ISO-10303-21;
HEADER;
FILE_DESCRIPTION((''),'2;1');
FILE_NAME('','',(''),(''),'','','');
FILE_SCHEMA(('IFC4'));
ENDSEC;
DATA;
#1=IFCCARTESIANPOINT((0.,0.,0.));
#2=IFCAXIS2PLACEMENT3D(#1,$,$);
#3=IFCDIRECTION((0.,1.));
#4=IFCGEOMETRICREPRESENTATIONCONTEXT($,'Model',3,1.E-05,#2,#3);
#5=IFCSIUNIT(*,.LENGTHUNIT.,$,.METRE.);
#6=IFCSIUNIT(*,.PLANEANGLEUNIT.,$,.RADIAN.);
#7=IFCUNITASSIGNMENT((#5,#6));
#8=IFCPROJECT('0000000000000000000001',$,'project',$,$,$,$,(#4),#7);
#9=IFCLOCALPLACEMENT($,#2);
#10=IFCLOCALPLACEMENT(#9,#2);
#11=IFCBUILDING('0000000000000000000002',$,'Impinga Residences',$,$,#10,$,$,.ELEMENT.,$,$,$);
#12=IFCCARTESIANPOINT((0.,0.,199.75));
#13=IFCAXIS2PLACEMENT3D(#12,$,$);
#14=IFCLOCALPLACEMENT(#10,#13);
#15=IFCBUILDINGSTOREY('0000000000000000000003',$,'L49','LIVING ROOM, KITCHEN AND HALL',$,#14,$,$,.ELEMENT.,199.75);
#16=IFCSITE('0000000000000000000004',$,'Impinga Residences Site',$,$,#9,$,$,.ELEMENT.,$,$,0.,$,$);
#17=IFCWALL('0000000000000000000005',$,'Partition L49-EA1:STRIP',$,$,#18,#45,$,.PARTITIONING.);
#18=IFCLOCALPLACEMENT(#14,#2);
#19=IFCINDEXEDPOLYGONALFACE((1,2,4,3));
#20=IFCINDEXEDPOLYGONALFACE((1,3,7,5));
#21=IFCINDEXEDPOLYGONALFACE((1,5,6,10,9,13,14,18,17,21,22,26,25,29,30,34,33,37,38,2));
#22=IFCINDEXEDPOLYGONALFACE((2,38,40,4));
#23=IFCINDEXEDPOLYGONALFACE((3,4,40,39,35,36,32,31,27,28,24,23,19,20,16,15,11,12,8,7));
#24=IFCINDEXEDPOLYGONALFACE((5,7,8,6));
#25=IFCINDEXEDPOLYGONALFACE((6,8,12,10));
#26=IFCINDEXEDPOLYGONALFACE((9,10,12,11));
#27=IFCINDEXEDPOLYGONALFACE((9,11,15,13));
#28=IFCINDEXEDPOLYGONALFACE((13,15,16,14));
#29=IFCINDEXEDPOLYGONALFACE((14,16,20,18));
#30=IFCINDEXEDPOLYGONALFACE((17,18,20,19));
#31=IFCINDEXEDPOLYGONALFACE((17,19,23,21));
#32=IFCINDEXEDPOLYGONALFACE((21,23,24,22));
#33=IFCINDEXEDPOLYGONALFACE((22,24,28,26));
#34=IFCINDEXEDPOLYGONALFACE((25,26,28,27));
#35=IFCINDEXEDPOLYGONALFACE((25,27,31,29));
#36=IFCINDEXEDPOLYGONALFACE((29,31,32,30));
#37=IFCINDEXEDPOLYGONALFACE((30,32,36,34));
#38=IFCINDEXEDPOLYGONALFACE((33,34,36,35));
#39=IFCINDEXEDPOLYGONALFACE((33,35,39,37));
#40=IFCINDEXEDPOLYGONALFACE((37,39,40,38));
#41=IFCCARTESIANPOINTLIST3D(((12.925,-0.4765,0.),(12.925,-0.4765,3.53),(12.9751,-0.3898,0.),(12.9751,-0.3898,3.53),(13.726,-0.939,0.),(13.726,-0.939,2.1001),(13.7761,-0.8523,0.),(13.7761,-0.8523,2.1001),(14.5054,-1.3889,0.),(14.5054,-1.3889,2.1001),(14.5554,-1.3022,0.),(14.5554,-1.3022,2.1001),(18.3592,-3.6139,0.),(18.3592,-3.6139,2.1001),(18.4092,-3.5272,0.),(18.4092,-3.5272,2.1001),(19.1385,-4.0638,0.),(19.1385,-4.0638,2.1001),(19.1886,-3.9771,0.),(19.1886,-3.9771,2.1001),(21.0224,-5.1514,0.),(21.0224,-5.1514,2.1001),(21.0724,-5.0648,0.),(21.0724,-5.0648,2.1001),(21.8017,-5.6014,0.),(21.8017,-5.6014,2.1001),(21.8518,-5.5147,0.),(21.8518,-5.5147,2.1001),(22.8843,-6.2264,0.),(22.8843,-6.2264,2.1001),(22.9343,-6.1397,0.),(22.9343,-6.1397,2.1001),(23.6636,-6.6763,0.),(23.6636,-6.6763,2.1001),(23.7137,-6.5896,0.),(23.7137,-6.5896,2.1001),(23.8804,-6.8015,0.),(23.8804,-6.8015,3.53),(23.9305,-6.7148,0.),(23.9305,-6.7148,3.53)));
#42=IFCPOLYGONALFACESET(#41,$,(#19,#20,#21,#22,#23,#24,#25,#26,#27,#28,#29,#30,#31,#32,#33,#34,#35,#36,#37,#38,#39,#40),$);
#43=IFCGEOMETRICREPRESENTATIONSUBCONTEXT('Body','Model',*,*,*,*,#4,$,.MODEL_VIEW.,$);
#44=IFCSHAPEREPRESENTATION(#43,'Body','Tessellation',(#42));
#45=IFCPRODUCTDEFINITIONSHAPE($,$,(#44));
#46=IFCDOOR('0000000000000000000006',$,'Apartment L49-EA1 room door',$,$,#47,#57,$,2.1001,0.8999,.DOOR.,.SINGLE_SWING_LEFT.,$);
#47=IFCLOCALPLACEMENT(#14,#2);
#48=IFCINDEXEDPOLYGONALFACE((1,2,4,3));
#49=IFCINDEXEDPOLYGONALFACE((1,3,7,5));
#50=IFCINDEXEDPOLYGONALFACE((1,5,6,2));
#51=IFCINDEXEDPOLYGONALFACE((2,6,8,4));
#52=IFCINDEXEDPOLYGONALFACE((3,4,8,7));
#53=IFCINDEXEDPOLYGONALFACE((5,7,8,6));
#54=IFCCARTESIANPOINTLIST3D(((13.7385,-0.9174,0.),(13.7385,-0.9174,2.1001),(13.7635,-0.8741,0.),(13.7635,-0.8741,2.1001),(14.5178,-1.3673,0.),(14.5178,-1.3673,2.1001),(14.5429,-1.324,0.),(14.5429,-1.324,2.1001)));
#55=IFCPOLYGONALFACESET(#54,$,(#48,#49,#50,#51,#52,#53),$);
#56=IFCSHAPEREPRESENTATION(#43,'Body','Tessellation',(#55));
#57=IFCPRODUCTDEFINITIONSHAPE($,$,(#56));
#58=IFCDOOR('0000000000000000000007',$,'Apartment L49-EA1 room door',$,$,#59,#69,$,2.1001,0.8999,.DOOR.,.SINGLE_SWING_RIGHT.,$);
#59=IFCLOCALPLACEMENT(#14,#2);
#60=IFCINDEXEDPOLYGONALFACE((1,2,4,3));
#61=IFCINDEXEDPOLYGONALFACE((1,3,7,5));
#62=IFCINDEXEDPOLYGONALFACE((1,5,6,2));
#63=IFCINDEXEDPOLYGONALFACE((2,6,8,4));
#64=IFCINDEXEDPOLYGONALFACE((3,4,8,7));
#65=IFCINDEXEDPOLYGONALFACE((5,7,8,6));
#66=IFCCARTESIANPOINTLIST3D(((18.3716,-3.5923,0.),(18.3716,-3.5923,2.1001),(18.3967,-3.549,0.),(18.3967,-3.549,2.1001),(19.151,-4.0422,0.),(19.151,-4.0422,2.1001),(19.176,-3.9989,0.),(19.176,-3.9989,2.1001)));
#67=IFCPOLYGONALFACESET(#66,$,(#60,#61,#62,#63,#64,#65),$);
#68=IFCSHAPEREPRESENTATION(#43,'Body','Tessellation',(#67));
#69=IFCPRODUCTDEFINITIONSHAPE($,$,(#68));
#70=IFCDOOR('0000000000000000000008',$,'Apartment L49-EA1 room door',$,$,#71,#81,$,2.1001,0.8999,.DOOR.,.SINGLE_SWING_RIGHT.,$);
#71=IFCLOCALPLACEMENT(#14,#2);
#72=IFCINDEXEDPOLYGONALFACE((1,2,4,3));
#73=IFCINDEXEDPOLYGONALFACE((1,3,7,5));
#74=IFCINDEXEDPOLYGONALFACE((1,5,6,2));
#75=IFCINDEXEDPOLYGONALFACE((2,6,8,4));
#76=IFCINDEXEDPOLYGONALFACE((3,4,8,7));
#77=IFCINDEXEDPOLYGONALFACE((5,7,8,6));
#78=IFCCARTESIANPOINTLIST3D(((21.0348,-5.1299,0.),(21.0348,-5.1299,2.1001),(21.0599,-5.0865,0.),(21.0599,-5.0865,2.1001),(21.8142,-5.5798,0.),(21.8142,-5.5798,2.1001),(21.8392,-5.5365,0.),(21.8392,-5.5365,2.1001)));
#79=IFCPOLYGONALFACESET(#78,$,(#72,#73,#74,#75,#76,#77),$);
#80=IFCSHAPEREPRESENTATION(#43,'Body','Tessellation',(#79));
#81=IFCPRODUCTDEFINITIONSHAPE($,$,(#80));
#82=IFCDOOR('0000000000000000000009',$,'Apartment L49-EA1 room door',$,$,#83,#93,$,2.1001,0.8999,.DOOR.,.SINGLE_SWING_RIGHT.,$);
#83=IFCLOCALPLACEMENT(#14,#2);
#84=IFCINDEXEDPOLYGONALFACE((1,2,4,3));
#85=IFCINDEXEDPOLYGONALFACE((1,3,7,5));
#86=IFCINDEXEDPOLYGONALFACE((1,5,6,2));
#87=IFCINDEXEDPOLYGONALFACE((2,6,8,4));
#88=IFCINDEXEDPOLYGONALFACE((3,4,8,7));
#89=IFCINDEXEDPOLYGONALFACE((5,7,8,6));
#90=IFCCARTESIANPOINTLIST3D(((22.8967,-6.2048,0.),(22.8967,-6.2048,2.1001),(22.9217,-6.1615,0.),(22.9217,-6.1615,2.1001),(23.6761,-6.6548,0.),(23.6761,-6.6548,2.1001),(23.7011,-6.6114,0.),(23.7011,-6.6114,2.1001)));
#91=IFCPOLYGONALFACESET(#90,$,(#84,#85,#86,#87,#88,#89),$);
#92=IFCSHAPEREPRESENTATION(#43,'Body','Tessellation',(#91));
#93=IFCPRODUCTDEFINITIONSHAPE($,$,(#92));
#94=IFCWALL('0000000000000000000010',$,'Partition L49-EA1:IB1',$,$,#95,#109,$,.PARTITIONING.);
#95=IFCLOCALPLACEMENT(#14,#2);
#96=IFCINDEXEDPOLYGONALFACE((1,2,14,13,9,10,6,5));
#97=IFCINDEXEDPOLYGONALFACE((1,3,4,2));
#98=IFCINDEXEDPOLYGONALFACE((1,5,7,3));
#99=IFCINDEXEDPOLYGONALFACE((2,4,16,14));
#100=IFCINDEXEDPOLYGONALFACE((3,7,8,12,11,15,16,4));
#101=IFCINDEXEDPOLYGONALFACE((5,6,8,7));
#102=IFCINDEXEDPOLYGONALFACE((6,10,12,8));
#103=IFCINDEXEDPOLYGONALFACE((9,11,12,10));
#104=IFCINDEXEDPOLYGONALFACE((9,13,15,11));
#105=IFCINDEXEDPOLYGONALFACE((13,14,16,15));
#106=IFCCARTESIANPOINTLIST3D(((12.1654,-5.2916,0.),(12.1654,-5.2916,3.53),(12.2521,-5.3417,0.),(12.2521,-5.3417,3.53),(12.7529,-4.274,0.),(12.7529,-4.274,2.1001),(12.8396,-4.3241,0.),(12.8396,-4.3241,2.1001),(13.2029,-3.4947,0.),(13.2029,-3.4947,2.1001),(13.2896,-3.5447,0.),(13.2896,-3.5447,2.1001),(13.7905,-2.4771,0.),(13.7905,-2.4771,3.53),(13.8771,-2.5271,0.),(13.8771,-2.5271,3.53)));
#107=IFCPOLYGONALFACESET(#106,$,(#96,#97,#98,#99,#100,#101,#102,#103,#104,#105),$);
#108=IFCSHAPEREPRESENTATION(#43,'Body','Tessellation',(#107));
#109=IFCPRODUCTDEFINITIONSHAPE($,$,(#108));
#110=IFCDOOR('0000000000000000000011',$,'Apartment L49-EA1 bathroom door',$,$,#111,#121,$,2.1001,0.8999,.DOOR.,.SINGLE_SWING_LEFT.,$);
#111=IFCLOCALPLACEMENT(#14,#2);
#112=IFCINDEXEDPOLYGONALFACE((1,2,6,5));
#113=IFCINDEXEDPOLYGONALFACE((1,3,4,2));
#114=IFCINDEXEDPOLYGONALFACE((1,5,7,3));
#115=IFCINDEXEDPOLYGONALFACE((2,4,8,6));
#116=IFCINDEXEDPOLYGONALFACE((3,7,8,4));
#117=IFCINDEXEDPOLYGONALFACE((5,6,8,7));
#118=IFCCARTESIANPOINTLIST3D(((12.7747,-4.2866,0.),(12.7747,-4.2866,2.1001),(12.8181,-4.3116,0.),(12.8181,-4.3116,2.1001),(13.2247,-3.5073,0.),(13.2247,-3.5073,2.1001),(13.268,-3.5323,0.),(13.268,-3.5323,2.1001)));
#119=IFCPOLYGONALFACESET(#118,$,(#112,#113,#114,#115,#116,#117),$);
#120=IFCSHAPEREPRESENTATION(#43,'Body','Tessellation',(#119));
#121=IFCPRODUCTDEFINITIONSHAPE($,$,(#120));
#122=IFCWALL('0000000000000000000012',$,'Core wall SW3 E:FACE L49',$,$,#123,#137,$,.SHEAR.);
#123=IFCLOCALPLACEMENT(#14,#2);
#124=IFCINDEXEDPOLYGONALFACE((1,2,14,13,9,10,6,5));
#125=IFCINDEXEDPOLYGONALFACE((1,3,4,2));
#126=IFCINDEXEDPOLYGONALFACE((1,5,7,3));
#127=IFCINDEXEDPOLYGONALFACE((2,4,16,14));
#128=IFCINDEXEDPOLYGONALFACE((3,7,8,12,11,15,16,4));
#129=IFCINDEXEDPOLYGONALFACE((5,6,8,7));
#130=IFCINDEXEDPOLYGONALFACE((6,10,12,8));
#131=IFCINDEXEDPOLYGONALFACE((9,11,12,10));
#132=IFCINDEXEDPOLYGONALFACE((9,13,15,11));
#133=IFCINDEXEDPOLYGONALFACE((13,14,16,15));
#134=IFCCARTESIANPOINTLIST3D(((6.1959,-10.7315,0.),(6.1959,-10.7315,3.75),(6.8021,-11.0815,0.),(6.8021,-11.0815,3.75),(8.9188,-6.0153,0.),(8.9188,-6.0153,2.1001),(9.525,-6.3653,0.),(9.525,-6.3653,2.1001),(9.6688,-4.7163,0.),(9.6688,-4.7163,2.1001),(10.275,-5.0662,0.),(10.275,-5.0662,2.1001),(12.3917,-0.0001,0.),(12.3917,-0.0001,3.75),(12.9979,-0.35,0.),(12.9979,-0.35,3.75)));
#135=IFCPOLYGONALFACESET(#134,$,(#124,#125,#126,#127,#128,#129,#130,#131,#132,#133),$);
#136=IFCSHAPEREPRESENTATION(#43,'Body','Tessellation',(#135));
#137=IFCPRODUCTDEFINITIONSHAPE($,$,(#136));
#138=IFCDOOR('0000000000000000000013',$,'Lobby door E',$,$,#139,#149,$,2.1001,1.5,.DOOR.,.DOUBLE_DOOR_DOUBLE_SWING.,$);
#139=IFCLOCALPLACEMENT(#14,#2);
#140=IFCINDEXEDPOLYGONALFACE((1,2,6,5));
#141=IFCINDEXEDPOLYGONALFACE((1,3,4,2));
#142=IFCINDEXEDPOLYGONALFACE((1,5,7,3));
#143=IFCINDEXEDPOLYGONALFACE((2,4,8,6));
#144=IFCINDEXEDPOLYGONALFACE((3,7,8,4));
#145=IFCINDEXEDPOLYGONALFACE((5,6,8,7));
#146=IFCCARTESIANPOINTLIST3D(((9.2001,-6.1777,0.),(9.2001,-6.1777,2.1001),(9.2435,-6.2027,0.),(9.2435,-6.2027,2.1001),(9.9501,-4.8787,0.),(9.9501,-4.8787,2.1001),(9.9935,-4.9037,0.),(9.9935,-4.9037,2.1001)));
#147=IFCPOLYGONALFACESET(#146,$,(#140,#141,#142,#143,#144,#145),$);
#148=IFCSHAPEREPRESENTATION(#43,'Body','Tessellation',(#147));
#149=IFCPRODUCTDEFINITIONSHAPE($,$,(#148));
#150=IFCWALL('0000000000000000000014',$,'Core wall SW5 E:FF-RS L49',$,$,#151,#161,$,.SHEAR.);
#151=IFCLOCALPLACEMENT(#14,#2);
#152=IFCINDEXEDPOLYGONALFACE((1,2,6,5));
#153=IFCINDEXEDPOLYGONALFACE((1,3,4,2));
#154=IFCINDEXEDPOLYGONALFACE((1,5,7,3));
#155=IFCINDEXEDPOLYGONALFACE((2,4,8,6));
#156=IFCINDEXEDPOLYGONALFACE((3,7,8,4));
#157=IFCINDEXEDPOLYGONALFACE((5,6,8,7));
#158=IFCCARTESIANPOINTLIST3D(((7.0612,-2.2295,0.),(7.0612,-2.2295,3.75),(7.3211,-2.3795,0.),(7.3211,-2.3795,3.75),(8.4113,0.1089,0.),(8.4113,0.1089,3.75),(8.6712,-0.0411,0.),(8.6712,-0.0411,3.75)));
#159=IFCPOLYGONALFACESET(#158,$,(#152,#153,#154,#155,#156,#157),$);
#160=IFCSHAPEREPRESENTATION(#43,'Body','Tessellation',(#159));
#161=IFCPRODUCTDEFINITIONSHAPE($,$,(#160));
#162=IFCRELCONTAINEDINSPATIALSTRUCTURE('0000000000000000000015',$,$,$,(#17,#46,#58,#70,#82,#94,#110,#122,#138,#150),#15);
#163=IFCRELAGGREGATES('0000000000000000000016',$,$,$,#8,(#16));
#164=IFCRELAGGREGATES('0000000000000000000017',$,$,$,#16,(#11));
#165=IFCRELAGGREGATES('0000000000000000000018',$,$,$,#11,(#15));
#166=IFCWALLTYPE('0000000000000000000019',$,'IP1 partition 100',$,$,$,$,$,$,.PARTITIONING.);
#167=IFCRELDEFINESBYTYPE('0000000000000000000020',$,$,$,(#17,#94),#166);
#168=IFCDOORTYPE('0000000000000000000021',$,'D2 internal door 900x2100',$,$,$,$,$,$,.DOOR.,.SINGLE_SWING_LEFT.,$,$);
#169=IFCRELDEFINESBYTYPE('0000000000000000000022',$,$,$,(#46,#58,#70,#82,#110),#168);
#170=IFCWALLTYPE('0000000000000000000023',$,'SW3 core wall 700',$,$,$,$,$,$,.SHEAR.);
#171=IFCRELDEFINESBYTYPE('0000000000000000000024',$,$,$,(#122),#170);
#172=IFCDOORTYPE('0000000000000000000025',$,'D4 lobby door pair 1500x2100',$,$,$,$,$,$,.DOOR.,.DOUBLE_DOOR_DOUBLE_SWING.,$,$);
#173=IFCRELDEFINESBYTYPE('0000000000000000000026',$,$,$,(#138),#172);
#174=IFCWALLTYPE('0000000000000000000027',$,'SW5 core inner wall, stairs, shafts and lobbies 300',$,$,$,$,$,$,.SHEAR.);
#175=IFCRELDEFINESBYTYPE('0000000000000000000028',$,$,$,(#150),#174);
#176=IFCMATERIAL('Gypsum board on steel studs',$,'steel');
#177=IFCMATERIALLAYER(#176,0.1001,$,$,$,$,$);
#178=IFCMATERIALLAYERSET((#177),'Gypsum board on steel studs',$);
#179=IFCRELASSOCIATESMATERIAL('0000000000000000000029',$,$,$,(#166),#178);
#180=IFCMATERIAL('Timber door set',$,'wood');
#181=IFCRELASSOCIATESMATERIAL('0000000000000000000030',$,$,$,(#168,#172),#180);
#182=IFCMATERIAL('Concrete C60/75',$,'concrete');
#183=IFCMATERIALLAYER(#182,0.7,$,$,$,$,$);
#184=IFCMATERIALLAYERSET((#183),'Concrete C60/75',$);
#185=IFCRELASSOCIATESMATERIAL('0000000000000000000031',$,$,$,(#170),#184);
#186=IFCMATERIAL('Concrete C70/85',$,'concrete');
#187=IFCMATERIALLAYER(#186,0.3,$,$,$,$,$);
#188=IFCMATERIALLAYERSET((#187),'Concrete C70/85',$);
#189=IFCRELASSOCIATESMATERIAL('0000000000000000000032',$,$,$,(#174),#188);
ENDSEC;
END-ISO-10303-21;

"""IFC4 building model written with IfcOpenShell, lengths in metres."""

from ifc_helpers import new_model, si_unit, direction, frame, frame_2d, origin, place, context, subcontext, project, spatial, rectangle, extrude, material, layer, layer_set, type_object, element, fill, save


model = new_model("IFC4")

# Units and contexts
model_context = context("Model", 3, precision=1e-05, world=origin(), true_north=direction((0.0, 1.0)))
body_context = subcontext(model_context, "Body", "Model", "MODEL_VIEW")
ifc_project = project(units=[si_unit("LENGTHUNIT", "METRE"), si_unit("PLANEANGLEUNIT", "RADIAN")], contexts=[model_context])

# Site, building, storey
site_placement = place(None, origin())
site = spatial("IfcSite", under=ifc_project, at=site_placement, Name="Impinga Residences Site", CompositionType="ELEMENT", RefElevation=0.0)
building_placement = place(site_placement, origin())
building = spatial("IfcBuilding", under=site, at=building_placement, Name="Impinga Residences", CompositionType="ELEMENT")
storey_placement = place(building_placement, frame((0.0, 0.0, 199.75)))
storey = spatial("IfcBuildingStorey", under=building, at=storey_placement, Name="L49", Description="LIVING ROOM, KITCHEN AND HALL", CompositionType="ELEMENT", Elevation=199.75)

# Shared definitions
ifc_material_1 = material(Name="Concrete C60/75", Category="concrete")

# Shared definitions
ifc_material_2 = material(Name="Timber door set", Category="wood")

# Shared definitions
ifc_material_3 = material(Name="Gypsum board on steel studs", Category="steel")
ifc_layer_1 = layer(ifc_material_3, 0.1001)
ifc_layer_set_1 = layer_set([ifc_layer_1], Name="Gypsum board on steel studs")
wall_type_1 = type_object("IfcWallType", Name="IP1 partition 100", PredefinedType="PARTITIONING", material=ifc_layer_set_1)

# Wall, openings, doors
wall_1_placement = place(storey_placement, frame((12.95, -0.4331, 0.0), z_axis=(0.0, 0.0, 1.0), x_axis=(0.866029, -0.499994, 0.0)))
wall_1 = element("IfcWall", 1, at=wall_1_placement, inside=storey, type_object=wall_type_1, Name="Partition L49-EA1:STRIP", PredefinedType="PARTITIONING", context=body_context, shape_type="SweptSolid", body=[
    extrude(rectangle(XDim=12.6501, YDim=0.1001, at=frame_2d((6.3252, 0.0))), origin(), (0.0, 0.0, 1.0), 3.53),
])
opening_1_placement = place(wall_1_placement, frame((0.925, 0.0, 0.0)))
opening_1 = element("IfcOpeningElement", 2, at=opening_1_placement, cuts=wall_1, PredefinedType="OPENING", context=body_context, shape_type="SweptSolid", body=[
    extrude(rectangle(XDim=0.8999, YDim=2.1001, at=frame_2d((0.45, 1.05))), frame((0.0, 0.0601, 0.0), z_axis=(0.0, -1.0, 0.0), x_axis=(1.0, 0.0, 0.0)), (0.0, 0.0, 1.0), 0.1201),
])
opening_2_placement = place(wall_1_placement, frame((6.2749, 0.0, 0.0)))
opening_2 = element("IfcOpeningElement", 3, at=opening_2_placement, cuts=wall_1, PredefinedType="OPENING", context=body_context, shape_type="SweptSolid", body=[
    extrude(rectangle(XDim=0.8999, YDim=2.1001, at=frame_2d((0.45, 1.05))), frame((0.0, 0.0601, 0.0), z_axis=(0.0, -1.0, 0.0), x_axis=(1.0, 0.0, 0.0)), (0.0, 0.0, 1.0), 0.1201),
])
opening_3_placement = place(wall_1_placement, frame((9.3501, 0.0, 0.0)))
opening_3 = element("IfcOpeningElement", 4, at=opening_3_placement, cuts=wall_1, PredefinedType="OPENING", context=body_context, shape_type="SweptSolid", body=[
    extrude(rectangle(XDim=0.8999, YDim=2.1001, at=frame_2d((0.45, 1.05))), frame((0.0, 0.0601, 0.0), z_axis=(0.0, -1.0, 0.0), x_axis=(1.0, 0.0, 0.0)), (0.0, 0.0, 1.0), 0.1201),
])
opening_4_placement = place(wall_1_placement, frame((11.5, 0.0, 0.0)))
opening_4 = element("IfcOpeningElement", 5, at=opening_4_placement, cuts=wall_1, PredefinedType="OPENING", context=body_context, shape_type="SweptSolid", body=[
    extrude(rectangle(XDim=0.8999, YDim=2.1001, at=frame_2d((0.45, 1.05))), frame((0.0, 0.0601, 0.0), z_axis=(0.0, -1.0, 0.0), x_axis=(1.0, 0.0, 0.0)), (0.0, 0.0, 1.0), 0.1201),
])
door_type_1 = type_object("IfcDoorType", Name="D2 internal door 900x2100", OperationType="SINGLE_SWING_LEFT", PredefinedType="DOOR", material=ifc_material_2)
door_1_placement = place(opening_1_placement, origin())
door_1 = element("IfcDoor", 6, at=door_1_placement, inside=storey, type_object=door_type_1, Name="Apartment L49-EA1 room door", OperationType="SINGLE_SWING_LEFT", OverallHeight=2.1001, OverallWidth=0.8999, PredefinedType="DOOR", context=body_context, shape_type="SweptSolid", body=[
    extrude(rectangle(XDim=0.8999, YDim=2.1001, at=frame_2d((0.45, 1.05))), frame((0.0, 0.0249, 0.0), z_axis=(0.0, -1.0, 0.0), x_axis=(1.0, 0.0, 0.0)), (0.0, 0.0, 1.0), 0.05),
])
fill(opening_1, door_1)
door_2_placement = place(opening_2_placement, origin())
door_2 = element("IfcDoor", 7, at=door_2_placement, inside=storey, type_object=door_type_1, Name="Apartment L49-EA1 room door", OperationType="SINGLE_SWING_RIGHT", OverallHeight=2.1001, OverallWidth=0.8999, PredefinedType="DOOR", context=body_context, shape_type="SweptSolid", body=[
    extrude(rectangle(XDim=0.8999, YDim=2.1001, at=frame_2d((0.45, 1.05))), frame((0.0, 0.0249, 0.0), z_axis=(0.0, -1.0, 0.0), x_axis=(1.0, 0.0, 0.0)), (0.0, 0.0, 1.0), 0.05),
])
fill(opening_2, door_2)
door_3_placement = place(opening_3_placement, origin())
door_3 = element("IfcDoor", 8, at=door_3_placement, inside=storey, type_object=door_type_1, Name="Apartment L49-EA1 room door", OperationType="SINGLE_SWING_RIGHT", OverallHeight=2.1001, OverallWidth=0.8999, PredefinedType="DOOR", context=body_context, shape_type="SweptSolid", body=[
    extrude(rectangle(XDim=0.8999, YDim=2.1001, at=frame_2d((0.45, 1.05))), frame((0.0, 0.0249, 0.0), z_axis=(0.0, -1.0, 0.0), x_axis=(1.0, 0.0, 0.0)), (0.0, 0.0, 1.0), 0.05),
])
fill(opening_3, door_3)
door_4_placement = place(opening_4_placement, origin())
door_4 = element("IfcDoor", 9, at=door_4_placement, inside=storey, type_object=door_type_1, Name="Apartment L49-EA1 room door", OperationType="SINGLE_SWING_RIGHT", OverallHeight=2.1001, OverallWidth=0.8999, PredefinedType="DOOR", context=body_context, shape_type="SweptSolid", body=[
    extrude(rectangle(XDim=0.8999, YDim=2.1001, at=frame_2d((0.45, 1.05))), frame((0.0, 0.0249, 0.0), z_axis=(0.0, -1.0, 0.0), x_axis=(1.0, 0.0, 0.0)), (0.0, 0.0, 1.0), 0.05),
])
fill(opening_4, door_4)

# Walls, openings, doors
wall_2_placement = place(storey_placement, frame((12.2087, -5.3167, 0.0), z_axis=(0.0, 0.0, 1.0), x_axis=(0.500017, 0.866015, 0.0)))
wall_2 = element("IfcWall", 10, at=wall_2_placement, inside=storey, type_object=wall_type_1, Name="Partition L49-EA1:IB1", PredefinedType="PARTITIONING", context=body_context, shape_type="SweptSolid", body=[
    extrude(rectangle(XDim=3.25, YDim=0.1001, at=frame_2d((1.625, 0.0))), origin(), (0.0, 0.0, 1.0), 3.53),
])
opening_5_placement = place(wall_2_placement, frame((1.175, 0.0, 0.0)))
opening_5 = element("IfcOpeningElement", 11, at=opening_5_placement, cuts=wall_2, PredefinedType="OPENING", context=body_context, shape_type="SweptSolid", body=[
    extrude(rectangle(XDim=0.8999, YDim=2.1001, at=frame_2d((0.45, 1.05))), frame((0.0, 0.0601, 0.0), z_axis=(0.0, -1.0, 0.0), x_axis=(1.0, 0.0, 0.0)), (0.0, 0.0, 1.0), 0.1201),
])
door_5_placement = place(opening_5_placement, origin())
door_5 = element("IfcDoor", 12, at=door_5_placement, inside=storey, type_object=door_type_1, Name="Apartment L49-EA1 bathroom door", OperationType="SINGLE_SWING_LEFT", OverallHeight=2.1001, OverallWidth=0.8999, PredefinedType="DOOR", context=body_context, shape_type="SweptSolid", body=[
    extrude(rectangle(XDim=0.8999, YDim=2.1001, at=frame_2d((0.45, 1.05))), frame((0.0, 0.0249, 0.0), z_axis=(0.0, -1.0, 0.0), x_axis=(1.0, 0.0, 0.0)), (0.0, 0.0, 1.0), 0.05),
])
fill(opening_5, door_5)
ifc_layer_2 = layer(ifc_material_1, 0.7)
ifc_layer_set_2 = layer_set([ifc_layer_2], Name="Concrete C60/75")
wall_type_2 = type_object("IfcWallType", Name="SW3 core wall 700", PredefinedType="SHEAR", material=ifc_layer_set_2)
wall_3_placement = place(storey_placement, frame((12.6948, -0.175, 0.0), z_axis=(0.0, 0.0, 1.0), x_axis=(-0.5, -0.866025, 0.0)))
wall_3 = element("IfcWall", 13, at=wall_3_placement, inside=storey, type_object=wall_type_2, Name="Core wall SW3 E:FACE L49", PredefinedType="SHEAR", context=body_context, shape_type="SweptSolid", body=[
    extrude(rectangle(XDim=12.3916, YDim=0.7, at=frame_2d((6.1958, 0.0))), origin(), (0.0, 0.0, 1.0), 3.75),
])
opening_6_placement = place(wall_3_placement, frame((5.4458, 0.0, 0.0)))
opening_6 = element("IfcOpeningElement", 14, at=opening_6_placement, cuts=wall_3, PredefinedType="OPENING", context=body_context, shape_type="SweptSolid", body=[
    extrude(rectangle(XDim=1.5, YDim=2.1001, at=frame_2d((0.75, 1.05))), frame((0.0, 0.3599, 0.0), z_axis=(0.0, -1.0, 0.0), x_axis=(1.0, 0.0, 0.0)), (0.0, 0.0, 1.0), 0.72),
])
door_type_2 = type_object("IfcDoorType", Name="D4 lobby door pair 1500x2100", OperationType="DOUBLE_DOOR_DOUBLE_SWING", PredefinedType="DOOR", material=ifc_material_2)
door_6_placement = place(opening_6_placement, origin())
door_6 = element("IfcDoor", 15, at=door_6_placement, inside=storey, type_object=door_type_2, Name="Lobby door E", OperationType="DOUBLE_DOOR_DOUBLE_SWING", OverallHeight=2.1001, OverallWidth=1.5, PredefinedType="DOOR", context=body_context, shape_type="SweptSolid", body=[
    extrude(rectangle(XDim=1.5, YDim=2.1001, at=frame_2d((0.75, 1.05))), frame((0.0, 0.0249, 0.0), z_axis=(0.0, -1.0, 0.0), x_axis=(1.0, 0.0, 0.0)), (0.0, 0.0, 1.0), 0.05),
])
fill(opening_6, door_6)

# Wall
ifc_material_4 = material(Name="Concrete C70/85", Category="concrete")
ifc_layer_3 = layer(ifc_material_4, 0.3)
ifc_layer_set_3 = layer_set([ifc_layer_3], Name="Concrete C70/85")
wall_type_3 = type_object("IfcWallType", Name="SW5 core inner wall, stairs, shafts and lobbies 300", PredefinedType="SHEAR", material=ifc_layer_set_3)
wall_4_placement = place(storey_placement, frame((8.5413, 0.0339, 0.0), z_axis=(0.0, 0.0, 1.0), x_axis=(-0.500009, -0.86602, 0.0)))
element("IfcWall", 16, at=wall_4_placement, inside=storey, type_object=wall_type_3, Name="Core wall SW5 E:FF-RS L49", PredefinedType="SHEAR", context=body_context, shape_type="SweptSolid", body=[
    extrude(rectangle(XDim=2.7002, YDim=0.3, at=frame_2d((1.3501, 0.0))), origin(), (0.0, 0.0, 1.0), 3.75),
])

save(model, "model.ifc")
